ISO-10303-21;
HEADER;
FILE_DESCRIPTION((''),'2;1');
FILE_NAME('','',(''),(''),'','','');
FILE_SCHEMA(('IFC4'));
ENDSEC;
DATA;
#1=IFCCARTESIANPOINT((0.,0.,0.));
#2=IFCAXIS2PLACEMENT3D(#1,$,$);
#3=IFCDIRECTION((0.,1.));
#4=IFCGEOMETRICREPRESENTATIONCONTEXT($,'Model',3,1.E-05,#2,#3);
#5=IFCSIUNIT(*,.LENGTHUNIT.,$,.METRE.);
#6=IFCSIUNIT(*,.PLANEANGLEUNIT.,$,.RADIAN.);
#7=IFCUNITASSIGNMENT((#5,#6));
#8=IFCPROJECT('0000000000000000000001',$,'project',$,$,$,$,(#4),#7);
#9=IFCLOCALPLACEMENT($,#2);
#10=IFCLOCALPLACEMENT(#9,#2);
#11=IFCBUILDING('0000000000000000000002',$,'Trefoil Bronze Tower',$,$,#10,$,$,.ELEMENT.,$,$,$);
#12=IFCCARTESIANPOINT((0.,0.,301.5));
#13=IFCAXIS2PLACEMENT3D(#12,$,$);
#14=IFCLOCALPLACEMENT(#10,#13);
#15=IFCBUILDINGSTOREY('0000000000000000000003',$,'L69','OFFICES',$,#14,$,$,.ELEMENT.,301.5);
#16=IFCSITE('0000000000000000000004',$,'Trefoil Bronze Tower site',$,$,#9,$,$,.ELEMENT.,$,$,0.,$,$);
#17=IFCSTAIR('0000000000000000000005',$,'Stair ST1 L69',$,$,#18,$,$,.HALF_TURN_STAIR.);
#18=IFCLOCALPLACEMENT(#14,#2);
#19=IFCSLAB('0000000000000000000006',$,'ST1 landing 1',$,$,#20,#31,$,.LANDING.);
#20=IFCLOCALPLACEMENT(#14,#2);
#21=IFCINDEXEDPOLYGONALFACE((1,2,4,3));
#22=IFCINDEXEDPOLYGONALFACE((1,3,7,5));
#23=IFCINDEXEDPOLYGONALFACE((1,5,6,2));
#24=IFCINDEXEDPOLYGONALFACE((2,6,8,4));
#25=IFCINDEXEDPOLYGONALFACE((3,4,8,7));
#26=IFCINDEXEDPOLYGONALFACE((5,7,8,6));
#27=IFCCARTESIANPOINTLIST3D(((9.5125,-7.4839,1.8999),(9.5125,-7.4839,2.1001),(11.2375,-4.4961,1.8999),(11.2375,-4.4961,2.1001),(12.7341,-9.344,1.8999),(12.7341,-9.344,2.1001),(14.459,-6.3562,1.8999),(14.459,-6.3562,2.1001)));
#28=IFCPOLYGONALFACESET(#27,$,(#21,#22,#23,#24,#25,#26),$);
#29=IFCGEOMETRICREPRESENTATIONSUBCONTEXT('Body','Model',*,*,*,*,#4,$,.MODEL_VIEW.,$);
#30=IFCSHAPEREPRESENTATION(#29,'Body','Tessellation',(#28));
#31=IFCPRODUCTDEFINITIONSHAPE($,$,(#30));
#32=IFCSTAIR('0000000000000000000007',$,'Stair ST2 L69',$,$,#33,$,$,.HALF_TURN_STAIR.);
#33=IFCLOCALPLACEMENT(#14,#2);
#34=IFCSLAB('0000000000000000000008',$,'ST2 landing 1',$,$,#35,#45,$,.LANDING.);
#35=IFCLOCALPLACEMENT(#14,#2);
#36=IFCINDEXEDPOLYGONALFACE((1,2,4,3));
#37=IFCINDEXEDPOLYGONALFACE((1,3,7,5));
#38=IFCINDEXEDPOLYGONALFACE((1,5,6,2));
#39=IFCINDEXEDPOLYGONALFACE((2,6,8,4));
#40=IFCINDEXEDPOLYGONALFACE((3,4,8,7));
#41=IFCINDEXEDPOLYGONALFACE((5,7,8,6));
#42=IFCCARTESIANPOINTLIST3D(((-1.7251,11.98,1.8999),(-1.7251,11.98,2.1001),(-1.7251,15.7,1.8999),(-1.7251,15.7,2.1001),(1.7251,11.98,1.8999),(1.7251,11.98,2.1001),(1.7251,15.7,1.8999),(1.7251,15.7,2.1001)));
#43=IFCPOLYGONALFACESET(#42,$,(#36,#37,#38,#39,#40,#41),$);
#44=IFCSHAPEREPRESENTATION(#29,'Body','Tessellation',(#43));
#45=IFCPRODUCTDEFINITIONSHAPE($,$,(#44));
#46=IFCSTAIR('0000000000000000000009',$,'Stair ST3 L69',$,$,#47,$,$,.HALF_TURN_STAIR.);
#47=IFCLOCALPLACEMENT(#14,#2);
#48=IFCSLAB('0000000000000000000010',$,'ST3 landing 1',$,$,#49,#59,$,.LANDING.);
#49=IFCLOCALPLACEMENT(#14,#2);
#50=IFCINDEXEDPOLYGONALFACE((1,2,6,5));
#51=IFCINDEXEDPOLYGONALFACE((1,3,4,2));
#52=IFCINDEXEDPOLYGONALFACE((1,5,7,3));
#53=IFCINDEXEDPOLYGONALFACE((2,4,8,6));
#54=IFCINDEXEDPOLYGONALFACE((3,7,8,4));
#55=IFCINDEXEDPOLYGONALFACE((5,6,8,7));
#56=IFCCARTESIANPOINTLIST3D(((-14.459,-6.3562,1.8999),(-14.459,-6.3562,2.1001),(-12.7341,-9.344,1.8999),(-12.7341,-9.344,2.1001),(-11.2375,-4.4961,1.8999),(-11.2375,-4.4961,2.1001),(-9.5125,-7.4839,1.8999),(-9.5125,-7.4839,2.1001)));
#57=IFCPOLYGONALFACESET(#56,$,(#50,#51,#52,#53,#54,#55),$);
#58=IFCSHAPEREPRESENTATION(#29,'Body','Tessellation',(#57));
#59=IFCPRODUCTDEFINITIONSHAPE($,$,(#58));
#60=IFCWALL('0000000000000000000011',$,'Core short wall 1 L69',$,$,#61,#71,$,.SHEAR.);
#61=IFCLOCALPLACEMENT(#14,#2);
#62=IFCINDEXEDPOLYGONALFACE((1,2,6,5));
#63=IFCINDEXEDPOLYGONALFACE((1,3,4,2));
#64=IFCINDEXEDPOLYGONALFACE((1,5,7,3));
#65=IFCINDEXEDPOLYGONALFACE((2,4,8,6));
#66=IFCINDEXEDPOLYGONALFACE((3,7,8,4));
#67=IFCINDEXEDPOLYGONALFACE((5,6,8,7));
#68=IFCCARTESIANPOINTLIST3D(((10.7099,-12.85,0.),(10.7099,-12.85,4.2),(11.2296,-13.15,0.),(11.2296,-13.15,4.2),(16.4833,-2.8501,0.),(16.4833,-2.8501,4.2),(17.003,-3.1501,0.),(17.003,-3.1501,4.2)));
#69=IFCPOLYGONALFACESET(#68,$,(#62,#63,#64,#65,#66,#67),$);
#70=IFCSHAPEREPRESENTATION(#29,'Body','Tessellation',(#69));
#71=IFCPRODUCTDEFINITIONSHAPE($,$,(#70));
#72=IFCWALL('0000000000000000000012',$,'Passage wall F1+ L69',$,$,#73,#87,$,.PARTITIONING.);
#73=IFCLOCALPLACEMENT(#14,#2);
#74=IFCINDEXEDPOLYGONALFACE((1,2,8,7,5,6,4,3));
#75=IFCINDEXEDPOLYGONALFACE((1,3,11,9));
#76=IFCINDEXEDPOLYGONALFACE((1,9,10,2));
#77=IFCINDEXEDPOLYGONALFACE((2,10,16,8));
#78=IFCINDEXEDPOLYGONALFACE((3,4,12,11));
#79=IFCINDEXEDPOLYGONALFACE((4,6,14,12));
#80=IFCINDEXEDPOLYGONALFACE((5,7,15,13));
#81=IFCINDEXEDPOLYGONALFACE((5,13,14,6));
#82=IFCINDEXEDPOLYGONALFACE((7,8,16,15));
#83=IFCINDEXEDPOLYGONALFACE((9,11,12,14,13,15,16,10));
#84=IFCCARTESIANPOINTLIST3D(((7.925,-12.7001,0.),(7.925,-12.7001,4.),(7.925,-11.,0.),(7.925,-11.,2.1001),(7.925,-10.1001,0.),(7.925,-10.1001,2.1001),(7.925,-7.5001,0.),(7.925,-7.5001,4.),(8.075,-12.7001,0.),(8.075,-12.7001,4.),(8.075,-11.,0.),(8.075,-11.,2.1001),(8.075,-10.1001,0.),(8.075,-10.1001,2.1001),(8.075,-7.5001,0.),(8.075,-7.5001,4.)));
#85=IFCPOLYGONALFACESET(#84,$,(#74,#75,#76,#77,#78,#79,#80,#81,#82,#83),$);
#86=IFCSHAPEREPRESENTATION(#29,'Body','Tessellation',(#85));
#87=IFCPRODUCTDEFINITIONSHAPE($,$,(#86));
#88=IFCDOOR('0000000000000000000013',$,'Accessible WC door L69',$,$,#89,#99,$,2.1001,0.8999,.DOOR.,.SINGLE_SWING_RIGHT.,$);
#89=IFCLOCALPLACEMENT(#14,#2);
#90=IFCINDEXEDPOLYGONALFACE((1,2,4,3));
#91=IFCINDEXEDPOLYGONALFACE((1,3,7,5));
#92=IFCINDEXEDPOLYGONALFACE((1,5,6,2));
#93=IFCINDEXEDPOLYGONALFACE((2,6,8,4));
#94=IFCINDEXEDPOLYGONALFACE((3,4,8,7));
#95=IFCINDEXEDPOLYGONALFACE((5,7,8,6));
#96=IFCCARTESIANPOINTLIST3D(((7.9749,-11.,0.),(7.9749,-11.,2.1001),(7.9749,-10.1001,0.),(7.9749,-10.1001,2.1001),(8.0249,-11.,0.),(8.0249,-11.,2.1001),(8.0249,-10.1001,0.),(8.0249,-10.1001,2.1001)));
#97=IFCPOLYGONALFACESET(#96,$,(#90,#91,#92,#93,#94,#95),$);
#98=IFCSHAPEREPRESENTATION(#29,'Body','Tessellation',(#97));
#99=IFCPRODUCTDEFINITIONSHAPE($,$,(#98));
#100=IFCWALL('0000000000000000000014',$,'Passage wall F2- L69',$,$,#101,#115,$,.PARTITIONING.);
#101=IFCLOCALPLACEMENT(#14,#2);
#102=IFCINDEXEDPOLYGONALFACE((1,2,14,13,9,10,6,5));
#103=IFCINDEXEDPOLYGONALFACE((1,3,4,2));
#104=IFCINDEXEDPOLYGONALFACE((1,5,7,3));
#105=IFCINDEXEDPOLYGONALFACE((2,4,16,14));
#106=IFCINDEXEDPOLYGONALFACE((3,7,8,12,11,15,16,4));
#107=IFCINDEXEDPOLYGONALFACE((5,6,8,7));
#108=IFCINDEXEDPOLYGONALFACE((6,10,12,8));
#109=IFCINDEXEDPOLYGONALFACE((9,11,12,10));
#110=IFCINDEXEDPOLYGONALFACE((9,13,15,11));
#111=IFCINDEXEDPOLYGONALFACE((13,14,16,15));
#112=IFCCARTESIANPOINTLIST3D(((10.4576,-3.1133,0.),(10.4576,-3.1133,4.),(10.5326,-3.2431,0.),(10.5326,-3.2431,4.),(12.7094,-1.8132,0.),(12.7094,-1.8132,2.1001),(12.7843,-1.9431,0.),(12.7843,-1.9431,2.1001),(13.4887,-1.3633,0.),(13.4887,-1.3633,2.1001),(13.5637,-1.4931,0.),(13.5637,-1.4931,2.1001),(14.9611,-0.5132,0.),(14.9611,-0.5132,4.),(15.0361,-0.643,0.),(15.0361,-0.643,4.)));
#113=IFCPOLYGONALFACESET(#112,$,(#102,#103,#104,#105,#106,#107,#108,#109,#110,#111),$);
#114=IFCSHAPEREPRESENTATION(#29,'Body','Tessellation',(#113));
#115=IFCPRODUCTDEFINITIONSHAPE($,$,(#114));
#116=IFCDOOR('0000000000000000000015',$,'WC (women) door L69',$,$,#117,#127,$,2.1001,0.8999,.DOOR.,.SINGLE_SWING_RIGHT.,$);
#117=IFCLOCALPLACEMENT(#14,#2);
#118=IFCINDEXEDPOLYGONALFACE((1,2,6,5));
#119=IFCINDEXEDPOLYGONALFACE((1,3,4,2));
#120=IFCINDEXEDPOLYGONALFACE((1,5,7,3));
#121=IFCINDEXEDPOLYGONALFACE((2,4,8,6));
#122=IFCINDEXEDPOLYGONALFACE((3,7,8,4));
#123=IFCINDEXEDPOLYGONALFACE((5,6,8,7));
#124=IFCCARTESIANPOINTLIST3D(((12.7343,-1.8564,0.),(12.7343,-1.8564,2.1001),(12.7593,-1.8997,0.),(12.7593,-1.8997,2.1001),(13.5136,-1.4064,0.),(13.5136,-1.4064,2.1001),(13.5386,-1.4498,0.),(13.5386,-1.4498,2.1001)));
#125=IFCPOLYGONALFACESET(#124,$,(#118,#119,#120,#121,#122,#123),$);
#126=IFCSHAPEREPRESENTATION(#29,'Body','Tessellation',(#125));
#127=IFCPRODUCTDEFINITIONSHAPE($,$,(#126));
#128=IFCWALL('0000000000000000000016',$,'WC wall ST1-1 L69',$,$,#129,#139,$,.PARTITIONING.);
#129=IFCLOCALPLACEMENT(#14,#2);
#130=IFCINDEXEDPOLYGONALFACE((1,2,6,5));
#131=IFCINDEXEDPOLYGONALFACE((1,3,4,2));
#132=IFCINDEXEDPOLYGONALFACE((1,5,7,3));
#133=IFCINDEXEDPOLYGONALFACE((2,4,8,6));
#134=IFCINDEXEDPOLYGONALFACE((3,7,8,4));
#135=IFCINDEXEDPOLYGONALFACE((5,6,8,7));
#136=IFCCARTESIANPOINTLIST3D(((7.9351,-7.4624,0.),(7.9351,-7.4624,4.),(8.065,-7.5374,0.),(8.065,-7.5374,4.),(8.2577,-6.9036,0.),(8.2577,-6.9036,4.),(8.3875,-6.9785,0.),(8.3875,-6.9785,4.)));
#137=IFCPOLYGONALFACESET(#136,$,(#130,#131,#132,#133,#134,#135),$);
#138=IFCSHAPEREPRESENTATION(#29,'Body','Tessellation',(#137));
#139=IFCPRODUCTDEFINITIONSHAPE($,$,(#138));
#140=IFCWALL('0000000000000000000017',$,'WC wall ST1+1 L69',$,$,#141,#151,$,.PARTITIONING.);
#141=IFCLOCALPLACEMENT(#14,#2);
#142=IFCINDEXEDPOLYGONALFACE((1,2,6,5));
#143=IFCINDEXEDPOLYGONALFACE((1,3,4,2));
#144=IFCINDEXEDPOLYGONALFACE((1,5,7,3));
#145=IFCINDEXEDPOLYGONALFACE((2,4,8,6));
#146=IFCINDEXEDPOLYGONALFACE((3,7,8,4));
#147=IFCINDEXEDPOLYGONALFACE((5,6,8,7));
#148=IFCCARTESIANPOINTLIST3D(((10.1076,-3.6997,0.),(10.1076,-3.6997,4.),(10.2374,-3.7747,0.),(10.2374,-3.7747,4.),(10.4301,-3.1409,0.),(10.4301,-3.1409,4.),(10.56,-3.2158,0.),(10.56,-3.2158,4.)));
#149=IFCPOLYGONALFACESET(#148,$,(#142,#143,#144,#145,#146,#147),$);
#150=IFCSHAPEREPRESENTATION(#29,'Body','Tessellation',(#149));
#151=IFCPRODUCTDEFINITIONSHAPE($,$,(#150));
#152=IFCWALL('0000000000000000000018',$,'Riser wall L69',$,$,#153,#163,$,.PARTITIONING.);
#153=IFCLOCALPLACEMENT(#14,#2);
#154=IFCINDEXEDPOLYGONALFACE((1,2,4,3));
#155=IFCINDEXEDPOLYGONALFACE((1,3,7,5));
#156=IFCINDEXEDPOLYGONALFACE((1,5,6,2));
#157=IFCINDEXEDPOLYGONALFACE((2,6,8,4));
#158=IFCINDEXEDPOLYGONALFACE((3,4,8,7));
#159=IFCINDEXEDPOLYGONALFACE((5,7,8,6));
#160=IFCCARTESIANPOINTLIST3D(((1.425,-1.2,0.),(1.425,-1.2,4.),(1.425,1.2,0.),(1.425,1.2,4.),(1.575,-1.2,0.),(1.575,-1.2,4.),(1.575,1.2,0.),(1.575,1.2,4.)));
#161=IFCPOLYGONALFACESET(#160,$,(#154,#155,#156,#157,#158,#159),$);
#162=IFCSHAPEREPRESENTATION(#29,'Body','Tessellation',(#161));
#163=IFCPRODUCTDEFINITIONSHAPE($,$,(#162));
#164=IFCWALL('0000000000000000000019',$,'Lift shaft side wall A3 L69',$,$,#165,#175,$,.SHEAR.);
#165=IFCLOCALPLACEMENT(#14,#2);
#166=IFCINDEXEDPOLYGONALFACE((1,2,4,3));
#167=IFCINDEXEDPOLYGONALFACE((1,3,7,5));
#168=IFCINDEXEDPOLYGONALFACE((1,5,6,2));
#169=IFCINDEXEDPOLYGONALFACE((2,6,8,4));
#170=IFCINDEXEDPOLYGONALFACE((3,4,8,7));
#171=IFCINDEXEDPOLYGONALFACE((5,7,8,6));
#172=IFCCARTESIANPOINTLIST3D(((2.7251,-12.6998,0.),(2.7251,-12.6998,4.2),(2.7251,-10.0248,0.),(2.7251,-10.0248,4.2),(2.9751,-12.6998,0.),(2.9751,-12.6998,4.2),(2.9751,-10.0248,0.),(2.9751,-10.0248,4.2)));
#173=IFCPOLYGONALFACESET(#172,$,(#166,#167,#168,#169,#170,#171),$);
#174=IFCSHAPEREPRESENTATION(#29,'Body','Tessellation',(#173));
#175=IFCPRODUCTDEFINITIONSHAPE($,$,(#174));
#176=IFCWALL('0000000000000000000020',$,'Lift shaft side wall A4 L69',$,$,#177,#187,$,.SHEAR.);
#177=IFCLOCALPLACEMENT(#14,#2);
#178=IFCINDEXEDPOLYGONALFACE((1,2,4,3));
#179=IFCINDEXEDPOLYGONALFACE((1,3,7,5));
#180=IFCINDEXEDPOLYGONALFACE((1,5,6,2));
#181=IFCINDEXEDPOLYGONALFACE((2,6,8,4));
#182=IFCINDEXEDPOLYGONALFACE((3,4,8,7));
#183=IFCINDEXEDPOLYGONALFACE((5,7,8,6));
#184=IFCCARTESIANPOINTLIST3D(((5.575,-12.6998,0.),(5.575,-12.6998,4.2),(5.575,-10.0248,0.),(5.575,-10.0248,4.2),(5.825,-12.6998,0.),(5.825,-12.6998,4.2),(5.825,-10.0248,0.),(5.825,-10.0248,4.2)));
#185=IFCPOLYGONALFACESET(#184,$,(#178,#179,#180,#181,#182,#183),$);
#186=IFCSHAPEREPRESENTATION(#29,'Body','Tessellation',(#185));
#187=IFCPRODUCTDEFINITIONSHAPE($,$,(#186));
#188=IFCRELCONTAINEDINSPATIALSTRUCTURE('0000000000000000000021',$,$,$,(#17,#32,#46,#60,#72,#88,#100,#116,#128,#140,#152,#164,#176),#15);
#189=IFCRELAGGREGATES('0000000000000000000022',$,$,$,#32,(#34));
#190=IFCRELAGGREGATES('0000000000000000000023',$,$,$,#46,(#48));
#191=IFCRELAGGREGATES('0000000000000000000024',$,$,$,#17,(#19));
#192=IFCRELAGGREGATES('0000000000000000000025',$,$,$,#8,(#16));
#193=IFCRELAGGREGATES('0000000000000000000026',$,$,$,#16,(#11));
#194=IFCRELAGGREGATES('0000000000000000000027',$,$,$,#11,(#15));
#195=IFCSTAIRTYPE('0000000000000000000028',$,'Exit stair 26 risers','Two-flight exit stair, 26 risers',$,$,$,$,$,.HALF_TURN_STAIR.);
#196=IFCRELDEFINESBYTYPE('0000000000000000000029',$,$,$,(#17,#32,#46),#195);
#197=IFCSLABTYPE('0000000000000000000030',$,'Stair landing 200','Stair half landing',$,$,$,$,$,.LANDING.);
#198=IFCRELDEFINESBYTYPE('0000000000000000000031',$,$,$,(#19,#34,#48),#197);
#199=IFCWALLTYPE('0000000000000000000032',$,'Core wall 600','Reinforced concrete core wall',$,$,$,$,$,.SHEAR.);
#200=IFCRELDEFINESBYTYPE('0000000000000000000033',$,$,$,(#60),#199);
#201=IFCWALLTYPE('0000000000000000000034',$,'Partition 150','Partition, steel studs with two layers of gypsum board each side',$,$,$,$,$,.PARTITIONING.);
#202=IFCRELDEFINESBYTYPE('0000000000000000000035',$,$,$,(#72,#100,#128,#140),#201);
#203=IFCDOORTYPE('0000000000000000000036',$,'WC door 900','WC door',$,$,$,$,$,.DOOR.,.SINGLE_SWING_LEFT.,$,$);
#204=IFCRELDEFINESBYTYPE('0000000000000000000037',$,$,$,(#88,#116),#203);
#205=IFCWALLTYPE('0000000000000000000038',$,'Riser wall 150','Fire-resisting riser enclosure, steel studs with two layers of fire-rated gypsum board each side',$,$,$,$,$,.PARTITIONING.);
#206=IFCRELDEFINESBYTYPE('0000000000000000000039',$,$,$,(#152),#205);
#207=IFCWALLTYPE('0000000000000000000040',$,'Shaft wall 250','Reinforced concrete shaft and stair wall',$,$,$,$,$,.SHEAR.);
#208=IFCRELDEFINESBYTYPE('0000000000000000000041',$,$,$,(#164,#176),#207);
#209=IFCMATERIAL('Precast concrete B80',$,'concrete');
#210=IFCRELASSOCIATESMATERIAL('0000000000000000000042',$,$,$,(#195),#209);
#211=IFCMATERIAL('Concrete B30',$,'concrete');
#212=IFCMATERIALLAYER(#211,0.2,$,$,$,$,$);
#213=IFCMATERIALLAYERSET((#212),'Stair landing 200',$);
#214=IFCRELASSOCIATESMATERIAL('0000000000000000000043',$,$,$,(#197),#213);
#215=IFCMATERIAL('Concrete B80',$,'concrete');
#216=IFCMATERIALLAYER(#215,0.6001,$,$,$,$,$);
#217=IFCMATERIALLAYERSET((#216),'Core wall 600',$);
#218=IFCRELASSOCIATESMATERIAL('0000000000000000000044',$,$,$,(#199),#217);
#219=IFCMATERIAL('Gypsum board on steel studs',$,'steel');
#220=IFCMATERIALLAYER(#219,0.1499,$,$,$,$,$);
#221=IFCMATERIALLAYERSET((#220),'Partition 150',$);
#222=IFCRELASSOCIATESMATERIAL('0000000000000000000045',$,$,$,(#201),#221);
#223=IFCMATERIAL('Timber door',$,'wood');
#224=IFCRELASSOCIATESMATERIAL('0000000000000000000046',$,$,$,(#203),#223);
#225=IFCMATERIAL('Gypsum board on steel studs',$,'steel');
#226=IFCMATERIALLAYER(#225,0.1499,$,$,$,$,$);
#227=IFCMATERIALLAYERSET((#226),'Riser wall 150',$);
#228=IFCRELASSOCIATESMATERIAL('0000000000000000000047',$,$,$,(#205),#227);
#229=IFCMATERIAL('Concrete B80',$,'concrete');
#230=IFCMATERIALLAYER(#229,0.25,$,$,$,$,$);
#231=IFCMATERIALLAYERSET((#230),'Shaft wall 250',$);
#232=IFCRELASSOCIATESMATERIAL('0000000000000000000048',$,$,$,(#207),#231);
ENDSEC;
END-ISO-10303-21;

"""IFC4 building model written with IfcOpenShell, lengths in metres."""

from ifc_helpers import new_model, si_unit, direction, frame, frame_2d, origin, place, context, subcontext, project, spatial, polyline, rectangle, outline, extrude, material, layer, layer_set, type_object, element, fill, aggregate, save


model = new_model("IFC4")

# Units and contexts
model_context = context("Model", 3, precision=1e-05, world=origin(), true_north=direction((0.0, 1.0)))
body_context = subcontext(model_context, "Body", "Model", "MODEL_VIEW")
ifc_project = project(units=[si_unit("LENGTHUNIT", "METRE"), si_unit("PLANEANGLEUNIT", "RADIAN")], contexts=[model_context])

# Site, building, storey
site_placement = place(None, origin())
site = spatial("IfcSite", under=ifc_project, at=site_placement, Name="Trefoil Bronze Tower site", CompositionType="ELEMENT", RefElevation=0.0)
building_placement = place(site_placement, origin())
building = spatial("IfcBuilding", under=site, at=building_placement, Name="Trefoil Bronze Tower", CompositionType="ELEMENT")
storey_placement = place(building_placement, frame((0.0, 0.0, 301.5)))
storey = spatial("IfcBuildingStorey", under=building, at=storey_placement, Name="L69", Description="OFFICES", CompositionType="ELEMENT", Elevation=301.5)

# Stairs, slabs
ifc_material_1 = material(Name="Precast concrete B80", Category="concrete")
stair_type = type_object("IfcStairType", Name="Exit stair 26 risers", Description="Two-flight exit stair, 26 risers", PredefinedType="HALF_TURN_STAIR", material=ifc_material_1)
stair_1_placement = place(storey_placement, origin())
stair_1 = element("IfcStair", 1, at=stair_1_placement, inside=storey, type_object=stair_type, Name="Stair ST1 L69", PredefinedType="HALF_TURN_STAIR")
ifc_material_2 = material(Name="Concrete B30", Category="concrete")
ifc_layer_1 = layer(ifc_material_2, 0.2)
ifc_layer_set_1 = layer_set([ifc_layer_1], Name="Stair landing 200")
slab_type = type_object("IfcSlabType", Name="Stair landing 200", Description="Stair half landing", PredefinedType="LANDING", material=ifc_layer_set_1)
slab_1_placement = place(storey_placement, frame((0.0, 0.0, 1.8999)))
slab_1 = element("IfcSlab", 2, at=slab_1_placement, type_object=slab_type, Name="ST1 landing 1", PredefinedType="LANDING", context=body_context, shape_type="SweptSolid", body=[
    extrude(outline(polyline([(9.5125, -7.4839), (12.7341, -9.344), (14.459, -6.3562), (11.2375, -4.4961), (9.5125, -7.4839)])), origin(), (0.0, 0.0, 1.0), 0.2002),
])
stair_2_placement = place(storey_placement, origin())
stair_2 = element("IfcStair", 3, at=stair_2_placement, inside=storey, type_object=stair_type, Name="Stair ST2 L69", PredefinedType="HALF_TURN_STAIR")
slab_2_placement = place(storey_placement, frame((0.0, 0.0, 1.8999)))
slab_2 = element("IfcSlab", 4, at=slab_2_placement, type_object=slab_type, Name="ST2 landing 1", PredefinedType="LANDING", context=body_context, shape_type="SweptSolid", body=[
    extrude(outline(polyline([(1.7251, 11.98), (1.7251, 15.7), (-1.7251, 15.7), (-1.7251, 11.98), (1.7251, 11.98)])), origin(), (0.0, 0.0, 1.0), 0.2002),
])
aggregate(stair_2, [slab_2])
stair_3_placement = place(storey_placement, origin())
stair_3 = element("IfcStair", 5, at=stair_3_placement, inside=storey, type_object=stair_type, Name="Stair ST3 L69", PredefinedType="HALF_TURN_STAIR")
slab_3_placement = place(storey_placement, frame((0.0, 0.0, 1.8999)))
slab_3 = element("IfcSlab", 6, at=slab_3_placement, type_object=slab_type, Name="ST3 landing 1", PredefinedType="LANDING", context=body_context, shape_type="SweptSolid", body=[
    extrude(outline(polyline([(-11.2375, -4.4961), (-14.459, -6.3562), (-12.7341, -9.344), (-9.5125, -7.4839), (-11.2375, -4.4961)])), origin(), (0.0, 0.0, 1.0), 0.2002),
])
aggregate(stair_3, [slab_3])

# Wall
ifc_material_3 = material(Name="Concrete B80", Category="concrete")
ifc_layer_2 = layer(ifc_material_3, 0.6001)
ifc_layer_set_2 = layer_set([ifc_layer_2], Name="Core wall 600")
wall_type_1 = type_object("IfcWallType", Name="Core wall 600", Description="Reinforced concrete core wall", PredefinedType="SHEAR", material=ifc_layer_set_2)
wall_1_placement = place(storey_placement, frame((10.9697, -13.0, 0.0), z_axis=(0.0, 0.0, 1.0), x_axis=(0.499996, 0.866028, 0.0)))
element("IfcWall", 7, at=wall_1_placement, inside=storey, type_object=wall_type_1, Name="Core short wall 1 L69", PredefinedType="SHEAR", context=body_context, shape_type="SweptSolid", body=[
    extrude(rectangle(XDim=11.5469, YDim=0.6001, at=frame_2d((5.7734, 0.0))), origin(), (0.0, 0.0, 1.0), 4.2),
])

# Walls, openings, doors
ifc_material_4 = material(Name="Gypsum board on steel studs", Category="steel")
ifc_layer_3 = layer(ifc_material_4, 0.1499)
ifc_layer_set_3 = layer_set([ifc_layer_3], Name="Partition 150")
wall_type_2 = type_object("IfcWallType", Name="Partition 150", Description="Partition, steel studs with two layers of gypsum board each side", PredefinedType="PARTITIONING", material=ifc_layer_set_3)
wall_2_placement = place(storey_placement, frame((8.0, -7.5, 0.0), z_axis=(0.0, 0.0, 1.0), x_axis=(0.0, -1.0, 0.0)))
wall_2 = element("IfcWall", 8, at=wall_2_placement, inside=storey, type_object=wall_type_2, Name="Passage wall F1+ L69", PredefinedType="PARTITIONING", context=body_context, shape_type="SweptSolid", body=[
    extrude(rectangle(XDim=5.2, YDim=0.1499, at=frame_2d((2.6001, 0.0))), origin(), (0.0, 0.0, 1.0), 4.0),
])
opening_1_placement = place(wall_2_placement, frame((2.6001, 0.0, 0.0)))
opening_1 = element("IfcOpeningElement", 9, at=opening_1_placement, cuts=wall_2, PredefinedType="OPENING", context=body_context, shape_type="SweptSolid", body=[
    extrude(rectangle(XDim=0.8999, YDim=2.1001, at=frame_2d((0.45, 1.05))), frame((0.0, 0.085, 0.0), z_axis=(0.0, -1.0, 0.0), x_axis=(1.0, 0.0, 0.0)), (0.0, 0.0, 1.0), 0.1699),
])
ifc_material_5 = material(Name="Timber door", Category="wood")
door_type_1 = type_object("IfcDoorType", Name="WC door 900", Description="WC door", OperationType="SINGLE_SWING_LEFT", PredefinedType="DOOR", material=ifc_material_5)
door_1_placement = place(opening_1_placement, origin())
door_1 = element("IfcDoor", 10, at=door_1_placement, inside=storey, type_object=door_type_1, Name="Accessible WC door L69", OperationType="SINGLE_SWING_RIGHT", OverallHeight=2.1001, OverallWidth=0.8999, PredefinedType="DOOR", context=body_context, shape_type="SweptSolid", body=[
    extrude(rectangle(XDim=0.8999, YDim=2.1001, at=frame_2d((0.45, 1.05))), frame((0.0, 0.0249, 0.0), z_axis=(0.0, -1.0, 0.0), x_axis=(1.0, 0.0, 0.0)), (0.0, 0.0, 1.0), 0.05),
])
fill(opening_1, door_1)
wall_3_placement = place(storey_placement, frame((10.4951, -3.1782, 0.0), z_axis=(0.0, 0.0, 1.0), x_axis=(0.866021, 0.500007, 0.0)))
wall_3 = element("IfcWall", 11, at=wall_3_placement, inside=storey, type_object=wall_type_2, Name="Passage wall F2- L69", PredefinedType="PARTITIONING", context=body_context, shape_type="SweptSolid", body=[
    extrude(rectangle(XDim=5.2002, YDim=0.1499, at=frame_2d((2.6001, 0.0))), origin(), (0.0, 0.0, 1.0), 4.0),
])
opening_2_placement = place(wall_3_placement, frame((2.6001, 0.0, 0.0)))
opening_2 = element("IfcOpeningElement", 12, at=opening_2_placement, cuts=wall_3, PredefinedType="OPENING", context=body_context, shape_type="SweptSolid", body=[
    extrude(rectangle(XDim=0.8999, YDim=2.1001, at=frame_2d((0.45, 1.05))), frame((0.0, 0.085, 0.0), z_axis=(0.0, -1.0, 0.0), x_axis=(1.0, 0.0, 0.0)), (0.0, 0.0, 1.0), 0.1699),
])
door_2_placement = place(opening_2_placement, frame((0.8999, 0.0, 0.0), z_axis=(0.0, 0.0, 1.0), x_axis=(-1.0, 0.0, 0.0)))
door_2 = element("IfcDoor", 13, at=door_2_placement, inside=storey, type_object=door_type_1, Name="WC (women) door L69", OperationType="SINGLE_SWING_RIGHT", OverallHeight=2.1001, OverallWidth=0.8999, PredefinedType="DOOR", context=body_context, shape_type="SweptSolid", body=[
    extrude(rectangle(XDim=0.8999, YDim=2.1001, at=frame_2d((0.45, 1.05))), frame((0.0, 0.0249, 0.0), z_axis=(0.0, -1.0, 0.0), x_axis=(1.0, 0.0, 0.0)), (0.0, 0.0, 1.0), 0.05),
])
fill(opening_2, door_2)

# Walls
for number, where, z_axis, x_axis, name in (
    (14, (8.0, -7.5, 0.0), (0.0, 0.0, 1.0), (0.499843, 0.866116, 0.0), "WC wall ST1-1 L69"),
    (15, (10.4951, -3.1782, 0.0), (0.0, 0.0, 1.0), (-0.499843, -0.866116, 0.0), "WC wall ST1+1 L69"),
):
    element("IfcWall", number, at=place(storey_placement, frame(where, z_axis=z_axis, x_axis=x_axis)), inside=storey, type_object=wall_type_2, Name=name, PredefinedType="PARTITIONING", context=body_context, shape_type="SweptSolid", body=[
        extrude(rectangle(XDim=0.6453, YDim=0.1499, at=frame_2d((0.3228, 0.0))), origin(), (0.0, 0.0, 1.0), 4.0),
    ])
ifc_material_6 = material(Name="Gypsum board on steel studs", Category="steel")
ifc_layer_4 = layer(ifc_material_6, 0.1499)
ifc_layer_set_4 = layer_set([ifc_layer_4], Name="Riser wall 150")
wall_type_3 = type_object("IfcWallType", Name="Riser wall 150", Description="Fire-resisting riser enclosure, steel studs with two layers of fire-rated gypsum board each side", PredefinedType="PARTITIONING", material=ifc_layer_set_4)
wall_4_placement = place(storey_placement, frame((1.5, -1.2, 0.0), z_axis=(0.0, 0.0, 1.0), x_axis=(0.0, 1.0, 0.0)))
element("IfcWall", 16, at=wall_4_placement, inside=storey, type_object=wall_type_3, Name="Riser wall L69", PredefinedType="PARTITIONING", context=body_context, shape_type="SweptSolid", body=[
    extrude(rectangle(XDim=2.3999, YDim=0.1499, at=frame_2d((1.2, 0.0))), origin(), (0.0, 0.0, 1.0), 4.0),
])
ifc_material_7 = material(Name="Concrete B80", Category="concrete")
ifc_layer_5 = layer(ifc_material_7, 0.25)
ifc_layer_set_5 = layer_set([ifc_layer_5], Name="Shaft wall 250")
wall_type_4 = type_object("IfcWallType", Name="Shaft wall 250", Description="Reinforced concrete shaft and stair wall", PredefinedType="SHEAR", material=ifc_layer_set_5)
for number, where, z_axis, x_axis, name in (
    (17, (2.8501, -10.0249, 0.0), (0.0, 0.0, 1.0), (0.0, -1.0, 0.0), "Lift shaft side wall A3 L69"),
    (18, (5.7, -10.0249, 0.0), (0.0, 0.0, 1.0), (0.0, -1.0, 0.0), "Lift shaft side wall A4 L69"),
):
    element("IfcWall", number, at=place(storey_placement, frame(where, z_axis=z_axis, x_axis=x_axis)), inside=storey, type_object=wall_type_4, Name=name, PredefinedType="SHEAR", context=body_context, shape_type="SweptSolid", body=[
        extrude(rectangle(XDim=2.675, YDim=0.25, at=frame_2d((1.3374, 0.0))), origin(), (0.0, 0.0, 1.0), 4.2),
    ])

aggregate(stair_1, [slab_1])

save(model, "model.ifc")
